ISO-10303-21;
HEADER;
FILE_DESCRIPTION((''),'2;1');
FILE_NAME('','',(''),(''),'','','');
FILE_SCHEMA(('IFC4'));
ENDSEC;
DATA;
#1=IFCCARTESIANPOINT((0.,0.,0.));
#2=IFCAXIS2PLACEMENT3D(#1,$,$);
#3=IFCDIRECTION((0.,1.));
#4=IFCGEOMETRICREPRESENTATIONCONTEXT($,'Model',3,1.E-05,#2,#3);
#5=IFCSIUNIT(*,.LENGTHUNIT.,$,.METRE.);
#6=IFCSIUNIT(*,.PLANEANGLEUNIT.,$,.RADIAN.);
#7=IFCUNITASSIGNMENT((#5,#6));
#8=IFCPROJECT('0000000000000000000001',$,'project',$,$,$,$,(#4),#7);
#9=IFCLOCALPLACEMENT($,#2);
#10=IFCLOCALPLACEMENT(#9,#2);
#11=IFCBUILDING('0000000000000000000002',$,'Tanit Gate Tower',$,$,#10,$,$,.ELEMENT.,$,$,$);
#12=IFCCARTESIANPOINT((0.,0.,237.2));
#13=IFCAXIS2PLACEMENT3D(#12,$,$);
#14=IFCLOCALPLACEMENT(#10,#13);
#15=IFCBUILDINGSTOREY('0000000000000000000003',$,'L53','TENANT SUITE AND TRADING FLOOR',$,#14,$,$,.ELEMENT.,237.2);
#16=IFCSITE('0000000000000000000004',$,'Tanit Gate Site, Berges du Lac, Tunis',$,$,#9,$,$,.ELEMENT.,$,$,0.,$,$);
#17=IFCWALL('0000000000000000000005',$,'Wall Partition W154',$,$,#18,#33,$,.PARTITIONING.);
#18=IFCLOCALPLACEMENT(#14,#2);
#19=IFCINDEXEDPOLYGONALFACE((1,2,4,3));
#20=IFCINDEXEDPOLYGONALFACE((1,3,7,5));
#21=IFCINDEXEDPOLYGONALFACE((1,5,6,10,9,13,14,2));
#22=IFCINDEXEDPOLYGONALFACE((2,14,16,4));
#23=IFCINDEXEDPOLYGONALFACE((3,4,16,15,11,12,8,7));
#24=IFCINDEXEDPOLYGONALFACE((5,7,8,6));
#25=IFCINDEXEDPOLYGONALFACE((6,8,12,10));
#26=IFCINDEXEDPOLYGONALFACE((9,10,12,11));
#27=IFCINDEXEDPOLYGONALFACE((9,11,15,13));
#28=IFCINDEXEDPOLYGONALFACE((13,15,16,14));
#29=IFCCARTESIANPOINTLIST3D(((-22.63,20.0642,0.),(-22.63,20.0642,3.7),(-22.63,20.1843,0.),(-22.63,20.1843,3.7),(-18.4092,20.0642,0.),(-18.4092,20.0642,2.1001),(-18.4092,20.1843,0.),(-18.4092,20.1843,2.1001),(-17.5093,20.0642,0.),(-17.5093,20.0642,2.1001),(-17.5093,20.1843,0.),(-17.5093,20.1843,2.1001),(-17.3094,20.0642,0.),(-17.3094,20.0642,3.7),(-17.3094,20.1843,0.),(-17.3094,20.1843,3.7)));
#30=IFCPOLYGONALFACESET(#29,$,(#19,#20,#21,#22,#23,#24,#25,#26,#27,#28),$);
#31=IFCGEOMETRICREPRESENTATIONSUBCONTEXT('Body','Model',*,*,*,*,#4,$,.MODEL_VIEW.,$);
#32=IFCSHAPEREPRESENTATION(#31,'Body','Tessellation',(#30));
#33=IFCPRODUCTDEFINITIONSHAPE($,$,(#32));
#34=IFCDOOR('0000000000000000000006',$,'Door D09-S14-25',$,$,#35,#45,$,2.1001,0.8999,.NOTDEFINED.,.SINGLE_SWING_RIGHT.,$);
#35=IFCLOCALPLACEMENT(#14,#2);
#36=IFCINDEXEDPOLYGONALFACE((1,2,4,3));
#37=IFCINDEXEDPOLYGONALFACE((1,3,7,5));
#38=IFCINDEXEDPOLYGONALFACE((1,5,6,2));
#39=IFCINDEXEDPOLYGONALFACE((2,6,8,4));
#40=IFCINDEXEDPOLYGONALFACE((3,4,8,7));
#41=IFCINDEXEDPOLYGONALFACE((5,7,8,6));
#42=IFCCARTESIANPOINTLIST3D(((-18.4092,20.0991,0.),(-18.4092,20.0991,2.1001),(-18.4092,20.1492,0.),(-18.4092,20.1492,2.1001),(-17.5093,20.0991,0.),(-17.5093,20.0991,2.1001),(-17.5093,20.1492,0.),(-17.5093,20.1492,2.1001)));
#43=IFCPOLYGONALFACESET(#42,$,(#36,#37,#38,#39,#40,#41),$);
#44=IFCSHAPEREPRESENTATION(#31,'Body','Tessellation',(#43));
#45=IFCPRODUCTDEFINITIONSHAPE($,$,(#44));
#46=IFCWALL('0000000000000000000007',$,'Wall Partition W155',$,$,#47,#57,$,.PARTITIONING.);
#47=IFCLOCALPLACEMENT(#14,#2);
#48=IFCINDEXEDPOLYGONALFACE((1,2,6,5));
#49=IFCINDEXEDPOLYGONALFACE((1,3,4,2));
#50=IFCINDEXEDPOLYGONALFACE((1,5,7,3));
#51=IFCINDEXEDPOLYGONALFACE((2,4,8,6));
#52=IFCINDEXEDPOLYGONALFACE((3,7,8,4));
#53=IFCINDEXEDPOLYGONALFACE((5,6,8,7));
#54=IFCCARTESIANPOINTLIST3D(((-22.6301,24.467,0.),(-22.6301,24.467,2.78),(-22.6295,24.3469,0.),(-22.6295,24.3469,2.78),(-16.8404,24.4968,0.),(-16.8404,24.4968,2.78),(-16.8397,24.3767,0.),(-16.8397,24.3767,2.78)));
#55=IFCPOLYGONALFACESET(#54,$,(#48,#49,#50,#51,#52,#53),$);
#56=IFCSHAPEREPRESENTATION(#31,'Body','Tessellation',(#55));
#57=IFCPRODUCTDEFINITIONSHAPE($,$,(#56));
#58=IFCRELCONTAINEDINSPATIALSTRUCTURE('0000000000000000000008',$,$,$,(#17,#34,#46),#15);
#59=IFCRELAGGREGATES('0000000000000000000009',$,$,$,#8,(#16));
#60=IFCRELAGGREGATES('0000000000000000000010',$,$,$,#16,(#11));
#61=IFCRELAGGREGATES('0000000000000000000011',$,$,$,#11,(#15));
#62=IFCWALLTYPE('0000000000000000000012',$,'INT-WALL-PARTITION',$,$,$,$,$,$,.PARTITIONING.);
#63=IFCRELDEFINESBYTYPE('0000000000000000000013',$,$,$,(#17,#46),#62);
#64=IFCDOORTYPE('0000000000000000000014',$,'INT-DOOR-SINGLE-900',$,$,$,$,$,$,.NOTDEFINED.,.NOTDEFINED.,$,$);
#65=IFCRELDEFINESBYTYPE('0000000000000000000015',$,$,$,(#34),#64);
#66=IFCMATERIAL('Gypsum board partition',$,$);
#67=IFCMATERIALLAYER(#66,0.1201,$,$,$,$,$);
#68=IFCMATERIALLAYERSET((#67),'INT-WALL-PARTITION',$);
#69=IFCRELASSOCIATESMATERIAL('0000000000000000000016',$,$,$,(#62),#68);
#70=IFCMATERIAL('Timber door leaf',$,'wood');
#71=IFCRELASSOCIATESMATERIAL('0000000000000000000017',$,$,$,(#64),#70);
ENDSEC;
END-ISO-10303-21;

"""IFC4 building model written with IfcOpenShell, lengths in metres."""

from ifc_helpers import new_model, si_unit, direction, frame, frame_2d, origin, place, context, subcontext, project, spatial, rectangle, extrude, material, layer, layer_set, type_object, element, fill, save


model = new_model("IFC4")

# Units and contexts
model_context = context("Model", 3, precision=1e-05, world=origin(), true_north=direction((0.0, 1.0)))
body_context = subcontext(model_context, "Body", "Model", "MODEL_VIEW")
ifc_project = project(units=[si_unit("LENGTHUNIT", "METRE"), si_unit("PLANEANGLEUNIT", "RADIAN")], contexts=[model_context])

# Site, building, storey
site_placement = place(None, origin())
site = spatial("IfcSite", under=ifc_project, at=site_placement, Name="Tanit Gate Site, Berges du Lac, Tunis", CompositionType="ELEMENT", RefElevation=0.0)
building_placement = place(site_placement, origin())
building = spatial("IfcBuilding", under=site, at=building_placement, Name="Tanit Gate Tower", CompositionType="ELEMENT")
storey_placement = place(building_placement, frame((0.0, 0.0, 237.2)))
storey = spatial("IfcBuildingStorey", under=building, at=storey_placement, Name="L53", Description="TENANT SUITE AND TRADING FLOOR", CompositionType="ELEMENT", Elevation=237.2)

# Wall, opening, door
ifc_material_1 = material(Name="Gypsum board partition")
ifc_layer_1 = layer(ifc_material_1, 0.1201)
ifc_layer_set_1 = layer_set([ifc_layer_1], Name="INT-WALL-PARTITION")
wall_type_1 = type_object("IfcWallType", Name="INT-WALL-PARTITION", PredefinedType="PARTITIONING", material=ifc_layer_set_1)
wall_1_placement = place(storey_placement, frame((-22.6299, 20.1243, 0.0), z_axis=(0.0, 0.0, 1.0), x_axis=(1.0, 0.0, 0.0)))
wall_1 = element("IfcWall", 1, at=wall_1_placement, inside=storey, type_object=wall_type_1, Name="Wall Partition W154", PredefinedType="PARTITIONING", context=body_context, shape_type="SweptSolid", body=[
    extrude(rectangle(XDim=5.3206, YDim=0.1201, at=frame_2d((2.6602, 0.0))), origin(), (0.0, 0.0, 1.0), 3.7),
])
opening_placement = place(wall_1_placement, frame((4.2207, 0.0, 0.0)))
opening = element("IfcOpeningElement", 2, at=opening_placement, cuts=wall_1, PredefinedType="OPENING", context=body_context, shape_type="SweptSolid", body=[
    extrude(rectangle(XDim=0.8999, YDim=2.1001, at=frame_2d((0.45, 1.05))), frame((0.0, 0.0701, 0.0), z_axis=(0.0, -1.0, 0.0), x_axis=(1.0, 0.0, 0.0)), (0.0, 0.0, 1.0), 0.1401),
])
ifc_material_2 = material(Name="Timber door leaf", Category="wood")
door_type = type_object("IfcDoorType", Name="INT-DOOR-SINGLE-900", OperationType="NOTDEFINED", PredefinedType="NOTDEFINED", material=ifc_material_2)
door_placement = place(opening_placement, origin())
door = element("IfcDoor", 3, at=door_placement, inside=storey, type_object=door_type, Name="Door D09-S14-25", OperationType="SINGLE_SWING_RIGHT", OverallHeight=2.1001, OverallWidth=0.8999, PredefinedType="NOTDEFINED", context=body_context, shape_type="SweptSolid", body=[
    extrude(rectangle(XDim=0.8999, YDim=2.1001, at=frame_2d((0.45, 1.05))), frame((0.0, 0.0249, 0.0), z_axis=(0.0, -1.0, 0.0), x_axis=(1.0, 0.0, 0.0)), (0.0, 0.0, 1.0), 0.05),
])
fill(opening, door)

# Wall
wall_2_placement = place(storey_placement, frame((-22.6299, 24.407, 0.0), z_axis=(0.0, 0.0, 1.0), x_axis=(0.999987, 0.005144, 0.0)))
element("IfcWall", 4, at=wall_2_placement, inside=storey, type_object=wall_type_1, Name="Wall Partition W155", PredefinedType="PARTITIONING", context=body_context, shape_type="SweptSolid", body=[
    extrude(rectangle(XDim=5.7898, YDim=0.1201, at=frame_2d((2.895, 0.0))), origin(), (0.0, 0.0, 1.0), 2.78),
])

save(model, "model.ifc")
